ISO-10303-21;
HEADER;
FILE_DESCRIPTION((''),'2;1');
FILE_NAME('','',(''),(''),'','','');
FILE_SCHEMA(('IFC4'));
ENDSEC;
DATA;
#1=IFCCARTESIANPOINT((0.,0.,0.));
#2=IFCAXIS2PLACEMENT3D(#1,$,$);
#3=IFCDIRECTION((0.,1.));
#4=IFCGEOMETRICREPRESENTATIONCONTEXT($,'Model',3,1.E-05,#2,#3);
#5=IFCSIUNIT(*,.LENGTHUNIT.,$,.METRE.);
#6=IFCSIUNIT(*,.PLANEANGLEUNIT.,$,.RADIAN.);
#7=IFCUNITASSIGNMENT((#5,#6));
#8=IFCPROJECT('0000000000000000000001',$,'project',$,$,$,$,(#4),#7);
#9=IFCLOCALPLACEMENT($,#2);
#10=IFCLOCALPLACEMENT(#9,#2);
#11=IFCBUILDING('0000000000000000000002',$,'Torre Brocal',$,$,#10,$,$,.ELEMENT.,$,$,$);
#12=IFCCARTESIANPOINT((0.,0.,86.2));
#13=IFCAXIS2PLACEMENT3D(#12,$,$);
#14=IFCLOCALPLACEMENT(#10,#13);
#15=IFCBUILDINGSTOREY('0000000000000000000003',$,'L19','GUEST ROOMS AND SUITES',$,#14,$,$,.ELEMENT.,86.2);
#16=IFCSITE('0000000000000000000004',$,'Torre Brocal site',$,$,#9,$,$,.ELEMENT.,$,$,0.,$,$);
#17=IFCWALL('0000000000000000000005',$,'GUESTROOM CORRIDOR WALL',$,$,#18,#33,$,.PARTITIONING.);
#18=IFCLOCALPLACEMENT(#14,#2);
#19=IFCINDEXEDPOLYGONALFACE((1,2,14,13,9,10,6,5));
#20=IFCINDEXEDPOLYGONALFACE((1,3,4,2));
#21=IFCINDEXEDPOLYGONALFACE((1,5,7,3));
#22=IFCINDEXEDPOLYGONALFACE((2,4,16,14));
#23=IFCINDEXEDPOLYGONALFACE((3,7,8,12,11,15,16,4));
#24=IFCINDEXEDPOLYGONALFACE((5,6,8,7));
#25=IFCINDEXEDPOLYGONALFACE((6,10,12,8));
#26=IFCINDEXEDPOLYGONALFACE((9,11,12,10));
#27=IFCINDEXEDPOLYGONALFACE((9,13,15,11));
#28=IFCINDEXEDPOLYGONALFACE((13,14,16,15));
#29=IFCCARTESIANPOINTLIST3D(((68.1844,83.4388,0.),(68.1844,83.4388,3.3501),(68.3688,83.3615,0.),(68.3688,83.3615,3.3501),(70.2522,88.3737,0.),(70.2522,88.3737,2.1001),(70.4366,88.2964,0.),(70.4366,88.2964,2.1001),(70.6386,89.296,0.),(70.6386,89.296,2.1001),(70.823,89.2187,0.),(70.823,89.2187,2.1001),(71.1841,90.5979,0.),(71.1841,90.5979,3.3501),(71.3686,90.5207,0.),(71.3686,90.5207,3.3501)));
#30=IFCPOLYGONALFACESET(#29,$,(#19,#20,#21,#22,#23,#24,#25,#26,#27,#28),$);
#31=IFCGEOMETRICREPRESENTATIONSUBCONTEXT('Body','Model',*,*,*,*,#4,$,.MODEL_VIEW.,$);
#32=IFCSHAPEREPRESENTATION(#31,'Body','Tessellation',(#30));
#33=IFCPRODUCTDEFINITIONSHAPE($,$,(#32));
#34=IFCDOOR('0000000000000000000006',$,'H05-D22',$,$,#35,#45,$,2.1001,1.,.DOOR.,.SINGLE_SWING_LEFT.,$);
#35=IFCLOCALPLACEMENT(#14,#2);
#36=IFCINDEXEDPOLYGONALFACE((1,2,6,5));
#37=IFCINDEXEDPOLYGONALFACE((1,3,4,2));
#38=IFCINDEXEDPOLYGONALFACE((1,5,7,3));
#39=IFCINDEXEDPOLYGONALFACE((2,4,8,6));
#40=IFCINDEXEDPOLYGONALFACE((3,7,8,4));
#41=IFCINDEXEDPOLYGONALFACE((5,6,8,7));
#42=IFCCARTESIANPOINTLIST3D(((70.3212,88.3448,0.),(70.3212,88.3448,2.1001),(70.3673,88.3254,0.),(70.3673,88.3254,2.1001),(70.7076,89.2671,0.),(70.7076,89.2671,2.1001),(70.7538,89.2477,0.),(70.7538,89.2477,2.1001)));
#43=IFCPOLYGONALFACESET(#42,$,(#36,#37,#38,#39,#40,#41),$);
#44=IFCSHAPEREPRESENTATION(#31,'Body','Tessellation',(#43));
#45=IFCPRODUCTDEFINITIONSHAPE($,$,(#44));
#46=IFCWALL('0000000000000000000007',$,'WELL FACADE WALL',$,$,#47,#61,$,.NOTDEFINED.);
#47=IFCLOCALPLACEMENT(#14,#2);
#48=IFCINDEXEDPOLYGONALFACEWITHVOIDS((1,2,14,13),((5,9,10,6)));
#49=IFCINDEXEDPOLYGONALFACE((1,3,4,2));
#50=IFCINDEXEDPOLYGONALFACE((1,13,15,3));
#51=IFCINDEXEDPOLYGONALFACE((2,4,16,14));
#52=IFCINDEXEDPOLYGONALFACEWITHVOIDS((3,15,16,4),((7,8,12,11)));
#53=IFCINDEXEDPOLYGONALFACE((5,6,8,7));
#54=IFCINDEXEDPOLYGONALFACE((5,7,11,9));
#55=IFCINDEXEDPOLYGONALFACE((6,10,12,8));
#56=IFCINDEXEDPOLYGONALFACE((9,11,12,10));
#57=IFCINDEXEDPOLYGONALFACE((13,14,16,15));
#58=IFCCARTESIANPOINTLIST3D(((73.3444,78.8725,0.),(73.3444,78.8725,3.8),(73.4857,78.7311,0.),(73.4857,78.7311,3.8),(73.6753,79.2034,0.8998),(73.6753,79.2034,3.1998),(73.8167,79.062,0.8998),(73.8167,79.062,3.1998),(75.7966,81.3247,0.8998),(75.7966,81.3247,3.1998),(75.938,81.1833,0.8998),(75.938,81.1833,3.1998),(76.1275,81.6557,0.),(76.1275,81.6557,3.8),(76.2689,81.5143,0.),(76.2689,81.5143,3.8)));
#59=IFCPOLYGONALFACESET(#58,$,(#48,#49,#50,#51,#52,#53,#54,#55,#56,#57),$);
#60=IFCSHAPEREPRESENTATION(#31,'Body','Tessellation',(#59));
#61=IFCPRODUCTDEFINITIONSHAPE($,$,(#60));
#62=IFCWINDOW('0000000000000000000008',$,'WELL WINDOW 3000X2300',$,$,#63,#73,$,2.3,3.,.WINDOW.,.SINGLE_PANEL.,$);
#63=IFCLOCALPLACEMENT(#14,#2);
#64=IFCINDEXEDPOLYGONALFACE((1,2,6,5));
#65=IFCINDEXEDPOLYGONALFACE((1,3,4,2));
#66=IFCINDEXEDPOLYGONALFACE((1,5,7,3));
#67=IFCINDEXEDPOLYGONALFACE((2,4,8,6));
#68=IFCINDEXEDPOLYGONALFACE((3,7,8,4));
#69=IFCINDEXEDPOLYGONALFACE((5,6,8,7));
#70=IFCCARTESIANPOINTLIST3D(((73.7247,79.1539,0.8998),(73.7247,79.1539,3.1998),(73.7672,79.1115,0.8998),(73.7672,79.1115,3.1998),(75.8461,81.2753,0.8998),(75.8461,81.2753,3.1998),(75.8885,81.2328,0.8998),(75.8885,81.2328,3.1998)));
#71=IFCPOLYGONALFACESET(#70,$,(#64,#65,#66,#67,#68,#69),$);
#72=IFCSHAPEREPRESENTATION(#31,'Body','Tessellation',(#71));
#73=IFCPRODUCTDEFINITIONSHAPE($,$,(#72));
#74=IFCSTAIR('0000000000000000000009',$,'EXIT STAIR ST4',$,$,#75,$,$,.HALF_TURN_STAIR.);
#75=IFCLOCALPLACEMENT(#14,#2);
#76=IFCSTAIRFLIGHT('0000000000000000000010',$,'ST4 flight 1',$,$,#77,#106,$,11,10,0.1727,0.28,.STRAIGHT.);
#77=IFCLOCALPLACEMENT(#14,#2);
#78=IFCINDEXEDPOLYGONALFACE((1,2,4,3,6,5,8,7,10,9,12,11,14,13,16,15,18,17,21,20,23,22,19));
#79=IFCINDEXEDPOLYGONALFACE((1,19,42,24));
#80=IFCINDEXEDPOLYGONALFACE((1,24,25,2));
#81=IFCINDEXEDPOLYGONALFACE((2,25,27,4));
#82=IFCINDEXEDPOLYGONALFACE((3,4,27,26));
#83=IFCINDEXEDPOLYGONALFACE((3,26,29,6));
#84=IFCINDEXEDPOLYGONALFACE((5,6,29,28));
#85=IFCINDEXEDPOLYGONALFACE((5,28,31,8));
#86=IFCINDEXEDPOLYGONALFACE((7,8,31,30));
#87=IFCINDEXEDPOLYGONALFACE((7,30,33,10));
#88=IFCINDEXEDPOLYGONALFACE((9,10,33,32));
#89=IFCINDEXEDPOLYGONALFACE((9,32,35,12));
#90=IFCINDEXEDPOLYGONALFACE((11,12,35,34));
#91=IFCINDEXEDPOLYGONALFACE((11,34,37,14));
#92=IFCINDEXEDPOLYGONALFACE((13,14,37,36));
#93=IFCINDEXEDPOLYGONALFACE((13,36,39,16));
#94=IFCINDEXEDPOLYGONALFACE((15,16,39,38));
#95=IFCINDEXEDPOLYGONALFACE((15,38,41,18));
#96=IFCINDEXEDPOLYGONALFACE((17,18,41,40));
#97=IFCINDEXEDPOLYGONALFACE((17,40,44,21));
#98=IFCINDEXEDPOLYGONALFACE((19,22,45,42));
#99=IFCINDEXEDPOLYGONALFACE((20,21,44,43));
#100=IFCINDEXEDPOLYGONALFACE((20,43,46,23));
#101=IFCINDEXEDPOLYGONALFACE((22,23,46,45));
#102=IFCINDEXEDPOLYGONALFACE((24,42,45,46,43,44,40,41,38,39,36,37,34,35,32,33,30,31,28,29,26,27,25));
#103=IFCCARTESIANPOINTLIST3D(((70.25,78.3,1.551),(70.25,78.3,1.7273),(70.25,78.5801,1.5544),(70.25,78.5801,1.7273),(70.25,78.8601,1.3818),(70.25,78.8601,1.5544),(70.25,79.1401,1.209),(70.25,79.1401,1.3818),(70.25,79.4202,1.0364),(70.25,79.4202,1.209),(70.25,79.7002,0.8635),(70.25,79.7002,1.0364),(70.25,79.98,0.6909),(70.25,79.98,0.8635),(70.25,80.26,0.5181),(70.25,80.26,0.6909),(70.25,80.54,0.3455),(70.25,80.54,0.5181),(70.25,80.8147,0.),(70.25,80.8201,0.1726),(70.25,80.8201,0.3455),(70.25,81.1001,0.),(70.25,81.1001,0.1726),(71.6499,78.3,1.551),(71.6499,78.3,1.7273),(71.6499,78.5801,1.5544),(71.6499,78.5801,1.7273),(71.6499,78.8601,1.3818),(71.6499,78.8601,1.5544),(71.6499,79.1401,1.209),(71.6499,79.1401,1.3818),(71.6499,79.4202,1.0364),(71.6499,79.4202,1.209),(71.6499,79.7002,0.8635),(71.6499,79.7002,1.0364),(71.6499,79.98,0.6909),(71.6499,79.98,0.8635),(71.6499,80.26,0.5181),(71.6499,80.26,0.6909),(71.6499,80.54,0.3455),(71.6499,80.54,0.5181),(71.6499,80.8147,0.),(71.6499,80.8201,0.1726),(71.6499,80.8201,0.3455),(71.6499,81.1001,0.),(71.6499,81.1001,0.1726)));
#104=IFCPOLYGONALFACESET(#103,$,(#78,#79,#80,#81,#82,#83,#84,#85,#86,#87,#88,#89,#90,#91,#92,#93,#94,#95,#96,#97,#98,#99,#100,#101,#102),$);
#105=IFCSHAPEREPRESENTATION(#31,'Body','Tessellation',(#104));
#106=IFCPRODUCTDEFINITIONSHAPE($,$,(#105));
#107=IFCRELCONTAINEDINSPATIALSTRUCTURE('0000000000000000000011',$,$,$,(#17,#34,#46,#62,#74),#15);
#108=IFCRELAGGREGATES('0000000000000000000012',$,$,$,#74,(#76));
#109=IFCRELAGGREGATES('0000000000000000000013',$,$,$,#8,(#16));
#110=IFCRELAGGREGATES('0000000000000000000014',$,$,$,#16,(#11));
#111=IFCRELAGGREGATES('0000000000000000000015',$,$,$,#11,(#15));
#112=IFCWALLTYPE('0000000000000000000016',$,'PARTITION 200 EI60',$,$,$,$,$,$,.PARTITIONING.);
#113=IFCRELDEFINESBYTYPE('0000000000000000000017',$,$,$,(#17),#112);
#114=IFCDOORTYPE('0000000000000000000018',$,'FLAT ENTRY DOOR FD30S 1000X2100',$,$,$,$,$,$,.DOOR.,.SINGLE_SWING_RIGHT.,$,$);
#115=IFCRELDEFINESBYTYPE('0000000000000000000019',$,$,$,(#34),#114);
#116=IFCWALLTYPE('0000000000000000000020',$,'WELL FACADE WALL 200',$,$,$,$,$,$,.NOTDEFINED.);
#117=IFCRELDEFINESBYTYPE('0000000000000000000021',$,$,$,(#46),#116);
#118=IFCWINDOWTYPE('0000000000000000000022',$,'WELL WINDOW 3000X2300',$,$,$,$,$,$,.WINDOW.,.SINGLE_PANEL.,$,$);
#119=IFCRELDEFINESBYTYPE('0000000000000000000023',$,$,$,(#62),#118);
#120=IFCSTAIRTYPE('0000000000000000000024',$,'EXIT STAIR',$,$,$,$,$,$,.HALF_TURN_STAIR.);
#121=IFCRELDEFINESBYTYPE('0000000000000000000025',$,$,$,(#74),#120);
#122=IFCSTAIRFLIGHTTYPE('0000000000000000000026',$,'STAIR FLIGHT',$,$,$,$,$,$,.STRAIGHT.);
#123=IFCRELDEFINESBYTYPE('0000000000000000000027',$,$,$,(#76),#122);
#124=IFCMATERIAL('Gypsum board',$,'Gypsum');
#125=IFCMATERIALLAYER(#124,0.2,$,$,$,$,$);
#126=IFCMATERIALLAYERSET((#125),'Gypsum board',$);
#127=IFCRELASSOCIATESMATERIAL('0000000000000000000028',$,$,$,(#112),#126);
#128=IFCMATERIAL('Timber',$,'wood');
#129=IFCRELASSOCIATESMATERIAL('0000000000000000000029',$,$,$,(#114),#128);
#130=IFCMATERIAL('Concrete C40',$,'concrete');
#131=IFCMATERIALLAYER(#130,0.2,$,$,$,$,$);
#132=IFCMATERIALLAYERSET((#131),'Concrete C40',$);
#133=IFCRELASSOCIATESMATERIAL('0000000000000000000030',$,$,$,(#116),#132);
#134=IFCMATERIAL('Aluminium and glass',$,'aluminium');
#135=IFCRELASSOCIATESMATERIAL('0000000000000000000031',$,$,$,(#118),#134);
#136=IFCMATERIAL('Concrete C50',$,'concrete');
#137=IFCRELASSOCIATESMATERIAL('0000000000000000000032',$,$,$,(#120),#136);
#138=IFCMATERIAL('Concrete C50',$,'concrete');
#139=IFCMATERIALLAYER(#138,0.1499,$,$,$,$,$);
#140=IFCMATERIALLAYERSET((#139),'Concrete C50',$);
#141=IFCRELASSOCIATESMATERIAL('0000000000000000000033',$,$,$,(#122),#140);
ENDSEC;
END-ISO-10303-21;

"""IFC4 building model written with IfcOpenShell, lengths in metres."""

from ifc_helpers import new_model, si_unit, direction, frame, frame_2d, origin, place, context, subcontext, project, spatial, polyline, rectangle, outline, extrude, material, layer, layer_set, type_object, element, fill, aggregate, save


model = new_model("IFC4")

# Units and contexts
model_context = context("Model", 3, precision=1e-05, world=origin(), true_north=direction((0.0, 1.0)))
body_context = subcontext(model_context, "Body", "Model", "MODEL_VIEW")
ifc_project = project(units=[si_unit("LENGTHUNIT", "METRE"), si_unit("PLANEANGLEUNIT", "RADIAN")], contexts=[model_context])

# Site, building, storey
site_placement = place(None, origin())
site = spatial("IfcSite", under=ifc_project, at=site_placement, Name="Torre Brocal site", CompositionType="ELEMENT", RefElevation=0.0)
building_placement = place(site_placement, origin())
building = spatial("IfcBuilding", under=site, at=building_placement, Name="Torre Brocal", CompositionType="ELEMENT")
storey_placement = place(building_placement, frame((0.0, 0.0, 86.2)))
storey = spatial("IfcBuildingStorey", under=building, at=storey_placement, Name="L19", Description="GUEST ROOMS AND SUITES", CompositionType="ELEMENT", Elevation=86.2)

# Wall, opening, door
ifc_material_1 = material(Name="Gypsum board", Category="Gypsum")
ifc_layer_1 = layer(ifc_material_1, 0.2)
ifc_layer_set_1 = layer_set([ifc_layer_1], Name="Gypsum board")
wall_type_1 = type_object("IfcWallType", Name="PARTITION 200 EI60", PredefinedType="PARTITIONING", material=ifc_layer_set_1)
ifc_material_2 = material(Name="Timber", Category="wood")
door_type_1 = type_object("IfcDoorType", Name="FLAT ENTRY DOOR FD30S 1000X2100", OperationType="SINGLE_SWING_RIGHT", PredefinedType="DOOR", material=ifc_material_2)
wall_1_placement = place(storey_placement, frame((68.2766, 83.4001, 0.0), z_axis=(0.0, 0.0, 1.0), x_axis=(0.386455, 0.922308, 0.0)))
wall_1 = element("IfcWall", 1, at=wall_1_placement, inside=storey, type_object=wall_type_1, Name="GUESTROOM CORRIDOR WALL", PredefinedType="PARTITIONING", context=body_context, shape_type="SweptSolid", body=[
    extrude(rectangle(XDim=7.7622, YDim=0.2, at=frame_2d((3.8811, 0.0))), origin(), (0.0, 0.0, 1.0), 3.3501),
])
opening_1_placement = place(wall_1_placement, frame((5.3506, 0.0, 0.0)))
opening_1 = element("IfcOpeningElement", 2, at=opening_1_placement, cuts=wall_1, PredefinedType="OPENING", context=body_context, shape_type="SweptSolid", body=[
    extrude(rectangle(XDim=1.0, YDim=2.1001, at=frame_2d((0.5, 1.05))), frame((0.0, 0.1099, 0.0), z_axis=(0.0, -1.0, 0.0), x_axis=(1.0, 0.0, 0.0)), (0.0, 0.0, 1.0), 0.22),
])
door_1_placement = place(opening_1_placement, frame((1.0, 0.0, 0.0), z_axis=(0.0, 0.0, 1.0), x_axis=(-1.0, 0.0, 0.0)))
door_1 = element("IfcDoor", 3, at=door_1_placement, inside=storey, type_object=door_type_1, Name="H05-D22", OperationType="SINGLE_SWING_LEFT", OverallHeight=2.1001, OverallWidth=1.0, PredefinedType="DOOR", context=body_context, shape_type="SweptSolid", body=[
    extrude(rectangle(XDim=1.0, YDim=2.1001, at=frame_2d((0.5, 1.05))), frame((0.0, 0.0249, 0.0), z_axis=(0.0, -1.0, 0.0), x_axis=(1.0, 0.0, 0.0)), (0.0, 0.0, 1.0), 0.05),
])
fill(opening_1, door_1)

# Wall, opening, window
ifc_material_3 = material(Name="Concrete C40", Category="concrete")
ifc_layer_2 = layer(ifc_material_3, 0.2)
ifc_layer_set_2 = layer_set([ifc_layer_2], Name="Concrete C40")
wall_type_2 = type_object("IfcWallType", Name="WELL FACADE WALL 200", PredefinedType="NOTDEFINED", material=ifc_layer_set_2)
wall_2_placement = place(storey_placement, frame((76.1982, 81.585, 0.0), z_axis=(0.0, 0.0, 1.0), x_axis=(-0.707107, -0.707107, 0.0)))
wall_2 = element("IfcWall", 4, at=wall_2_placement, inside=storey, type_object=wall_type_2, Name="WELL FACADE WALL", PredefinedType="NOTDEFINED", context=body_context, shape_type="SweptSolid", body=[
    extrude(rectangle(XDim=3.936, YDim=0.2, at=frame_2d((1.968, 0.0))), origin(), (0.0, 0.0, 1.0), 3.8),
])
opening_2_placement = place(wall_2_placement, frame((0.468, 0.0, 0.8999)))
opening_2 = element("IfcOpeningElement", 5, at=opening_2_placement, cuts=wall_2, PredefinedType="OPENING", context=body_context, shape_type="SweptSolid", body=[
    extrude(rectangle(XDim=3.0, YDim=2.3, at=frame_2d((1.5, 1.1499))), frame((0.0, 0.1099, 0.0), z_axis=(0.0, -1.0, 0.0), x_axis=(1.0, 0.0, 0.0)), (0.0, 0.0, 1.0), 0.22),
])
ifc_material_4 = material(Name="Aluminium and glass", Category="aluminium")
window_type = type_object("IfcWindowType", Name="WELL WINDOW 3000X2300", PartitioningType="SINGLE_PANEL", PredefinedType="WINDOW", material=ifc_material_4)
window_placement = place(opening_2_placement, origin())
window = element("IfcWindow", 6, at=window_placement, inside=storey, type_object=window_type, Name="WELL WINDOW 3000X2300", OverallHeight=2.3, OverallWidth=3.0, PartitioningType="SINGLE_PANEL", PredefinedType="WINDOW", context=body_context, shape_type="SweptSolid", body=[
    extrude(rectangle(XDim=3.0, YDim=2.3, at=frame_2d((1.5, 1.1499))), frame((0.0, 0.03, 0.0), z_axis=(0.0, -1.0, 0.0), x_axis=(1.0, 0.0, 0.0)), (0.0, 0.0, 1.0), 0.0601),
])
fill(opening_2, window)

# Stair, stair flight
ifc_material_5 = material(Name="Concrete C50", Category="concrete")
stair_type = type_object("IfcStairType", Name="EXIT STAIR", PredefinedType="HALF_TURN_STAIR", material=ifc_material_5)
stair_placement = place(storey_placement, origin())
stair = element("IfcStair", 7, at=stair_placement, inside=storey, type_object=stair_type, Name="EXIT STAIR ST4", PredefinedType="HALF_TURN_STAIR")
ifc_material_6 = material(Name="Concrete C50", Category="concrete")
ifc_layer_3 = layer(ifc_material_6, 0.1499)
ifc_layer_set_3 = layer_set([ifc_layer_3], Name="Concrete C50")
stair_flight_type = type_object("IfcStairFlightType", Name="STAIR FLIGHT", PredefinedType="STRAIGHT", material=ifc_layer_set_3)
stair_flight_placement = place(storey_placement, frame((70.95, 81.1001, 0.0), z_axis=(0.0, 0.0, 1.0), x_axis=(0.0, -1.0, 0.0)))
stair_flight = element("IfcStairFlight", 8, at=stair_flight_placement, type_object=stair_flight_type, Name="ST4 flight 1", NumberOfRisers=11, NumberOfTreads=10, PredefinedType="STRAIGHT", RiserHeight=0.1727, TreadLength=0.28, context=body_context, shape_type="SweptSolid", body=[
    extrude(outline(polyline([(0.0, 0.0), (0.0, 0.1726), (0.28, 0.1726), (0.28, 0.3455), (0.5601, 0.3455), (0.5601, 0.5181), (0.8401, 0.5181), (0.8401, 0.6909), (1.1201, 0.6909), (1.1201, 0.8635), (1.3999, 0.8635), (1.3999, 1.0364), (1.6799, 1.0364), (1.6799, 1.209), (1.96, 1.209), (1.96, 1.3818), (2.24, 1.3818), (2.24, 1.5544), (2.52, 1.5544), (2.52, 1.7273), (2.8, 1.7273), (2.8, 1.8999), (2.8, 1.551), (0.2854, 0.0), (0.0, 0.0)])), frame((0.0, 0.7, 0.0), z_axis=(0.0, -1.0, 0.0), x_axis=(1.0, 0.0, 0.0)), (0.0, 0.0, 1.0), 1.3999),
])
aggregate(stair, [stair_flight])

save(model, "model.ifc")
